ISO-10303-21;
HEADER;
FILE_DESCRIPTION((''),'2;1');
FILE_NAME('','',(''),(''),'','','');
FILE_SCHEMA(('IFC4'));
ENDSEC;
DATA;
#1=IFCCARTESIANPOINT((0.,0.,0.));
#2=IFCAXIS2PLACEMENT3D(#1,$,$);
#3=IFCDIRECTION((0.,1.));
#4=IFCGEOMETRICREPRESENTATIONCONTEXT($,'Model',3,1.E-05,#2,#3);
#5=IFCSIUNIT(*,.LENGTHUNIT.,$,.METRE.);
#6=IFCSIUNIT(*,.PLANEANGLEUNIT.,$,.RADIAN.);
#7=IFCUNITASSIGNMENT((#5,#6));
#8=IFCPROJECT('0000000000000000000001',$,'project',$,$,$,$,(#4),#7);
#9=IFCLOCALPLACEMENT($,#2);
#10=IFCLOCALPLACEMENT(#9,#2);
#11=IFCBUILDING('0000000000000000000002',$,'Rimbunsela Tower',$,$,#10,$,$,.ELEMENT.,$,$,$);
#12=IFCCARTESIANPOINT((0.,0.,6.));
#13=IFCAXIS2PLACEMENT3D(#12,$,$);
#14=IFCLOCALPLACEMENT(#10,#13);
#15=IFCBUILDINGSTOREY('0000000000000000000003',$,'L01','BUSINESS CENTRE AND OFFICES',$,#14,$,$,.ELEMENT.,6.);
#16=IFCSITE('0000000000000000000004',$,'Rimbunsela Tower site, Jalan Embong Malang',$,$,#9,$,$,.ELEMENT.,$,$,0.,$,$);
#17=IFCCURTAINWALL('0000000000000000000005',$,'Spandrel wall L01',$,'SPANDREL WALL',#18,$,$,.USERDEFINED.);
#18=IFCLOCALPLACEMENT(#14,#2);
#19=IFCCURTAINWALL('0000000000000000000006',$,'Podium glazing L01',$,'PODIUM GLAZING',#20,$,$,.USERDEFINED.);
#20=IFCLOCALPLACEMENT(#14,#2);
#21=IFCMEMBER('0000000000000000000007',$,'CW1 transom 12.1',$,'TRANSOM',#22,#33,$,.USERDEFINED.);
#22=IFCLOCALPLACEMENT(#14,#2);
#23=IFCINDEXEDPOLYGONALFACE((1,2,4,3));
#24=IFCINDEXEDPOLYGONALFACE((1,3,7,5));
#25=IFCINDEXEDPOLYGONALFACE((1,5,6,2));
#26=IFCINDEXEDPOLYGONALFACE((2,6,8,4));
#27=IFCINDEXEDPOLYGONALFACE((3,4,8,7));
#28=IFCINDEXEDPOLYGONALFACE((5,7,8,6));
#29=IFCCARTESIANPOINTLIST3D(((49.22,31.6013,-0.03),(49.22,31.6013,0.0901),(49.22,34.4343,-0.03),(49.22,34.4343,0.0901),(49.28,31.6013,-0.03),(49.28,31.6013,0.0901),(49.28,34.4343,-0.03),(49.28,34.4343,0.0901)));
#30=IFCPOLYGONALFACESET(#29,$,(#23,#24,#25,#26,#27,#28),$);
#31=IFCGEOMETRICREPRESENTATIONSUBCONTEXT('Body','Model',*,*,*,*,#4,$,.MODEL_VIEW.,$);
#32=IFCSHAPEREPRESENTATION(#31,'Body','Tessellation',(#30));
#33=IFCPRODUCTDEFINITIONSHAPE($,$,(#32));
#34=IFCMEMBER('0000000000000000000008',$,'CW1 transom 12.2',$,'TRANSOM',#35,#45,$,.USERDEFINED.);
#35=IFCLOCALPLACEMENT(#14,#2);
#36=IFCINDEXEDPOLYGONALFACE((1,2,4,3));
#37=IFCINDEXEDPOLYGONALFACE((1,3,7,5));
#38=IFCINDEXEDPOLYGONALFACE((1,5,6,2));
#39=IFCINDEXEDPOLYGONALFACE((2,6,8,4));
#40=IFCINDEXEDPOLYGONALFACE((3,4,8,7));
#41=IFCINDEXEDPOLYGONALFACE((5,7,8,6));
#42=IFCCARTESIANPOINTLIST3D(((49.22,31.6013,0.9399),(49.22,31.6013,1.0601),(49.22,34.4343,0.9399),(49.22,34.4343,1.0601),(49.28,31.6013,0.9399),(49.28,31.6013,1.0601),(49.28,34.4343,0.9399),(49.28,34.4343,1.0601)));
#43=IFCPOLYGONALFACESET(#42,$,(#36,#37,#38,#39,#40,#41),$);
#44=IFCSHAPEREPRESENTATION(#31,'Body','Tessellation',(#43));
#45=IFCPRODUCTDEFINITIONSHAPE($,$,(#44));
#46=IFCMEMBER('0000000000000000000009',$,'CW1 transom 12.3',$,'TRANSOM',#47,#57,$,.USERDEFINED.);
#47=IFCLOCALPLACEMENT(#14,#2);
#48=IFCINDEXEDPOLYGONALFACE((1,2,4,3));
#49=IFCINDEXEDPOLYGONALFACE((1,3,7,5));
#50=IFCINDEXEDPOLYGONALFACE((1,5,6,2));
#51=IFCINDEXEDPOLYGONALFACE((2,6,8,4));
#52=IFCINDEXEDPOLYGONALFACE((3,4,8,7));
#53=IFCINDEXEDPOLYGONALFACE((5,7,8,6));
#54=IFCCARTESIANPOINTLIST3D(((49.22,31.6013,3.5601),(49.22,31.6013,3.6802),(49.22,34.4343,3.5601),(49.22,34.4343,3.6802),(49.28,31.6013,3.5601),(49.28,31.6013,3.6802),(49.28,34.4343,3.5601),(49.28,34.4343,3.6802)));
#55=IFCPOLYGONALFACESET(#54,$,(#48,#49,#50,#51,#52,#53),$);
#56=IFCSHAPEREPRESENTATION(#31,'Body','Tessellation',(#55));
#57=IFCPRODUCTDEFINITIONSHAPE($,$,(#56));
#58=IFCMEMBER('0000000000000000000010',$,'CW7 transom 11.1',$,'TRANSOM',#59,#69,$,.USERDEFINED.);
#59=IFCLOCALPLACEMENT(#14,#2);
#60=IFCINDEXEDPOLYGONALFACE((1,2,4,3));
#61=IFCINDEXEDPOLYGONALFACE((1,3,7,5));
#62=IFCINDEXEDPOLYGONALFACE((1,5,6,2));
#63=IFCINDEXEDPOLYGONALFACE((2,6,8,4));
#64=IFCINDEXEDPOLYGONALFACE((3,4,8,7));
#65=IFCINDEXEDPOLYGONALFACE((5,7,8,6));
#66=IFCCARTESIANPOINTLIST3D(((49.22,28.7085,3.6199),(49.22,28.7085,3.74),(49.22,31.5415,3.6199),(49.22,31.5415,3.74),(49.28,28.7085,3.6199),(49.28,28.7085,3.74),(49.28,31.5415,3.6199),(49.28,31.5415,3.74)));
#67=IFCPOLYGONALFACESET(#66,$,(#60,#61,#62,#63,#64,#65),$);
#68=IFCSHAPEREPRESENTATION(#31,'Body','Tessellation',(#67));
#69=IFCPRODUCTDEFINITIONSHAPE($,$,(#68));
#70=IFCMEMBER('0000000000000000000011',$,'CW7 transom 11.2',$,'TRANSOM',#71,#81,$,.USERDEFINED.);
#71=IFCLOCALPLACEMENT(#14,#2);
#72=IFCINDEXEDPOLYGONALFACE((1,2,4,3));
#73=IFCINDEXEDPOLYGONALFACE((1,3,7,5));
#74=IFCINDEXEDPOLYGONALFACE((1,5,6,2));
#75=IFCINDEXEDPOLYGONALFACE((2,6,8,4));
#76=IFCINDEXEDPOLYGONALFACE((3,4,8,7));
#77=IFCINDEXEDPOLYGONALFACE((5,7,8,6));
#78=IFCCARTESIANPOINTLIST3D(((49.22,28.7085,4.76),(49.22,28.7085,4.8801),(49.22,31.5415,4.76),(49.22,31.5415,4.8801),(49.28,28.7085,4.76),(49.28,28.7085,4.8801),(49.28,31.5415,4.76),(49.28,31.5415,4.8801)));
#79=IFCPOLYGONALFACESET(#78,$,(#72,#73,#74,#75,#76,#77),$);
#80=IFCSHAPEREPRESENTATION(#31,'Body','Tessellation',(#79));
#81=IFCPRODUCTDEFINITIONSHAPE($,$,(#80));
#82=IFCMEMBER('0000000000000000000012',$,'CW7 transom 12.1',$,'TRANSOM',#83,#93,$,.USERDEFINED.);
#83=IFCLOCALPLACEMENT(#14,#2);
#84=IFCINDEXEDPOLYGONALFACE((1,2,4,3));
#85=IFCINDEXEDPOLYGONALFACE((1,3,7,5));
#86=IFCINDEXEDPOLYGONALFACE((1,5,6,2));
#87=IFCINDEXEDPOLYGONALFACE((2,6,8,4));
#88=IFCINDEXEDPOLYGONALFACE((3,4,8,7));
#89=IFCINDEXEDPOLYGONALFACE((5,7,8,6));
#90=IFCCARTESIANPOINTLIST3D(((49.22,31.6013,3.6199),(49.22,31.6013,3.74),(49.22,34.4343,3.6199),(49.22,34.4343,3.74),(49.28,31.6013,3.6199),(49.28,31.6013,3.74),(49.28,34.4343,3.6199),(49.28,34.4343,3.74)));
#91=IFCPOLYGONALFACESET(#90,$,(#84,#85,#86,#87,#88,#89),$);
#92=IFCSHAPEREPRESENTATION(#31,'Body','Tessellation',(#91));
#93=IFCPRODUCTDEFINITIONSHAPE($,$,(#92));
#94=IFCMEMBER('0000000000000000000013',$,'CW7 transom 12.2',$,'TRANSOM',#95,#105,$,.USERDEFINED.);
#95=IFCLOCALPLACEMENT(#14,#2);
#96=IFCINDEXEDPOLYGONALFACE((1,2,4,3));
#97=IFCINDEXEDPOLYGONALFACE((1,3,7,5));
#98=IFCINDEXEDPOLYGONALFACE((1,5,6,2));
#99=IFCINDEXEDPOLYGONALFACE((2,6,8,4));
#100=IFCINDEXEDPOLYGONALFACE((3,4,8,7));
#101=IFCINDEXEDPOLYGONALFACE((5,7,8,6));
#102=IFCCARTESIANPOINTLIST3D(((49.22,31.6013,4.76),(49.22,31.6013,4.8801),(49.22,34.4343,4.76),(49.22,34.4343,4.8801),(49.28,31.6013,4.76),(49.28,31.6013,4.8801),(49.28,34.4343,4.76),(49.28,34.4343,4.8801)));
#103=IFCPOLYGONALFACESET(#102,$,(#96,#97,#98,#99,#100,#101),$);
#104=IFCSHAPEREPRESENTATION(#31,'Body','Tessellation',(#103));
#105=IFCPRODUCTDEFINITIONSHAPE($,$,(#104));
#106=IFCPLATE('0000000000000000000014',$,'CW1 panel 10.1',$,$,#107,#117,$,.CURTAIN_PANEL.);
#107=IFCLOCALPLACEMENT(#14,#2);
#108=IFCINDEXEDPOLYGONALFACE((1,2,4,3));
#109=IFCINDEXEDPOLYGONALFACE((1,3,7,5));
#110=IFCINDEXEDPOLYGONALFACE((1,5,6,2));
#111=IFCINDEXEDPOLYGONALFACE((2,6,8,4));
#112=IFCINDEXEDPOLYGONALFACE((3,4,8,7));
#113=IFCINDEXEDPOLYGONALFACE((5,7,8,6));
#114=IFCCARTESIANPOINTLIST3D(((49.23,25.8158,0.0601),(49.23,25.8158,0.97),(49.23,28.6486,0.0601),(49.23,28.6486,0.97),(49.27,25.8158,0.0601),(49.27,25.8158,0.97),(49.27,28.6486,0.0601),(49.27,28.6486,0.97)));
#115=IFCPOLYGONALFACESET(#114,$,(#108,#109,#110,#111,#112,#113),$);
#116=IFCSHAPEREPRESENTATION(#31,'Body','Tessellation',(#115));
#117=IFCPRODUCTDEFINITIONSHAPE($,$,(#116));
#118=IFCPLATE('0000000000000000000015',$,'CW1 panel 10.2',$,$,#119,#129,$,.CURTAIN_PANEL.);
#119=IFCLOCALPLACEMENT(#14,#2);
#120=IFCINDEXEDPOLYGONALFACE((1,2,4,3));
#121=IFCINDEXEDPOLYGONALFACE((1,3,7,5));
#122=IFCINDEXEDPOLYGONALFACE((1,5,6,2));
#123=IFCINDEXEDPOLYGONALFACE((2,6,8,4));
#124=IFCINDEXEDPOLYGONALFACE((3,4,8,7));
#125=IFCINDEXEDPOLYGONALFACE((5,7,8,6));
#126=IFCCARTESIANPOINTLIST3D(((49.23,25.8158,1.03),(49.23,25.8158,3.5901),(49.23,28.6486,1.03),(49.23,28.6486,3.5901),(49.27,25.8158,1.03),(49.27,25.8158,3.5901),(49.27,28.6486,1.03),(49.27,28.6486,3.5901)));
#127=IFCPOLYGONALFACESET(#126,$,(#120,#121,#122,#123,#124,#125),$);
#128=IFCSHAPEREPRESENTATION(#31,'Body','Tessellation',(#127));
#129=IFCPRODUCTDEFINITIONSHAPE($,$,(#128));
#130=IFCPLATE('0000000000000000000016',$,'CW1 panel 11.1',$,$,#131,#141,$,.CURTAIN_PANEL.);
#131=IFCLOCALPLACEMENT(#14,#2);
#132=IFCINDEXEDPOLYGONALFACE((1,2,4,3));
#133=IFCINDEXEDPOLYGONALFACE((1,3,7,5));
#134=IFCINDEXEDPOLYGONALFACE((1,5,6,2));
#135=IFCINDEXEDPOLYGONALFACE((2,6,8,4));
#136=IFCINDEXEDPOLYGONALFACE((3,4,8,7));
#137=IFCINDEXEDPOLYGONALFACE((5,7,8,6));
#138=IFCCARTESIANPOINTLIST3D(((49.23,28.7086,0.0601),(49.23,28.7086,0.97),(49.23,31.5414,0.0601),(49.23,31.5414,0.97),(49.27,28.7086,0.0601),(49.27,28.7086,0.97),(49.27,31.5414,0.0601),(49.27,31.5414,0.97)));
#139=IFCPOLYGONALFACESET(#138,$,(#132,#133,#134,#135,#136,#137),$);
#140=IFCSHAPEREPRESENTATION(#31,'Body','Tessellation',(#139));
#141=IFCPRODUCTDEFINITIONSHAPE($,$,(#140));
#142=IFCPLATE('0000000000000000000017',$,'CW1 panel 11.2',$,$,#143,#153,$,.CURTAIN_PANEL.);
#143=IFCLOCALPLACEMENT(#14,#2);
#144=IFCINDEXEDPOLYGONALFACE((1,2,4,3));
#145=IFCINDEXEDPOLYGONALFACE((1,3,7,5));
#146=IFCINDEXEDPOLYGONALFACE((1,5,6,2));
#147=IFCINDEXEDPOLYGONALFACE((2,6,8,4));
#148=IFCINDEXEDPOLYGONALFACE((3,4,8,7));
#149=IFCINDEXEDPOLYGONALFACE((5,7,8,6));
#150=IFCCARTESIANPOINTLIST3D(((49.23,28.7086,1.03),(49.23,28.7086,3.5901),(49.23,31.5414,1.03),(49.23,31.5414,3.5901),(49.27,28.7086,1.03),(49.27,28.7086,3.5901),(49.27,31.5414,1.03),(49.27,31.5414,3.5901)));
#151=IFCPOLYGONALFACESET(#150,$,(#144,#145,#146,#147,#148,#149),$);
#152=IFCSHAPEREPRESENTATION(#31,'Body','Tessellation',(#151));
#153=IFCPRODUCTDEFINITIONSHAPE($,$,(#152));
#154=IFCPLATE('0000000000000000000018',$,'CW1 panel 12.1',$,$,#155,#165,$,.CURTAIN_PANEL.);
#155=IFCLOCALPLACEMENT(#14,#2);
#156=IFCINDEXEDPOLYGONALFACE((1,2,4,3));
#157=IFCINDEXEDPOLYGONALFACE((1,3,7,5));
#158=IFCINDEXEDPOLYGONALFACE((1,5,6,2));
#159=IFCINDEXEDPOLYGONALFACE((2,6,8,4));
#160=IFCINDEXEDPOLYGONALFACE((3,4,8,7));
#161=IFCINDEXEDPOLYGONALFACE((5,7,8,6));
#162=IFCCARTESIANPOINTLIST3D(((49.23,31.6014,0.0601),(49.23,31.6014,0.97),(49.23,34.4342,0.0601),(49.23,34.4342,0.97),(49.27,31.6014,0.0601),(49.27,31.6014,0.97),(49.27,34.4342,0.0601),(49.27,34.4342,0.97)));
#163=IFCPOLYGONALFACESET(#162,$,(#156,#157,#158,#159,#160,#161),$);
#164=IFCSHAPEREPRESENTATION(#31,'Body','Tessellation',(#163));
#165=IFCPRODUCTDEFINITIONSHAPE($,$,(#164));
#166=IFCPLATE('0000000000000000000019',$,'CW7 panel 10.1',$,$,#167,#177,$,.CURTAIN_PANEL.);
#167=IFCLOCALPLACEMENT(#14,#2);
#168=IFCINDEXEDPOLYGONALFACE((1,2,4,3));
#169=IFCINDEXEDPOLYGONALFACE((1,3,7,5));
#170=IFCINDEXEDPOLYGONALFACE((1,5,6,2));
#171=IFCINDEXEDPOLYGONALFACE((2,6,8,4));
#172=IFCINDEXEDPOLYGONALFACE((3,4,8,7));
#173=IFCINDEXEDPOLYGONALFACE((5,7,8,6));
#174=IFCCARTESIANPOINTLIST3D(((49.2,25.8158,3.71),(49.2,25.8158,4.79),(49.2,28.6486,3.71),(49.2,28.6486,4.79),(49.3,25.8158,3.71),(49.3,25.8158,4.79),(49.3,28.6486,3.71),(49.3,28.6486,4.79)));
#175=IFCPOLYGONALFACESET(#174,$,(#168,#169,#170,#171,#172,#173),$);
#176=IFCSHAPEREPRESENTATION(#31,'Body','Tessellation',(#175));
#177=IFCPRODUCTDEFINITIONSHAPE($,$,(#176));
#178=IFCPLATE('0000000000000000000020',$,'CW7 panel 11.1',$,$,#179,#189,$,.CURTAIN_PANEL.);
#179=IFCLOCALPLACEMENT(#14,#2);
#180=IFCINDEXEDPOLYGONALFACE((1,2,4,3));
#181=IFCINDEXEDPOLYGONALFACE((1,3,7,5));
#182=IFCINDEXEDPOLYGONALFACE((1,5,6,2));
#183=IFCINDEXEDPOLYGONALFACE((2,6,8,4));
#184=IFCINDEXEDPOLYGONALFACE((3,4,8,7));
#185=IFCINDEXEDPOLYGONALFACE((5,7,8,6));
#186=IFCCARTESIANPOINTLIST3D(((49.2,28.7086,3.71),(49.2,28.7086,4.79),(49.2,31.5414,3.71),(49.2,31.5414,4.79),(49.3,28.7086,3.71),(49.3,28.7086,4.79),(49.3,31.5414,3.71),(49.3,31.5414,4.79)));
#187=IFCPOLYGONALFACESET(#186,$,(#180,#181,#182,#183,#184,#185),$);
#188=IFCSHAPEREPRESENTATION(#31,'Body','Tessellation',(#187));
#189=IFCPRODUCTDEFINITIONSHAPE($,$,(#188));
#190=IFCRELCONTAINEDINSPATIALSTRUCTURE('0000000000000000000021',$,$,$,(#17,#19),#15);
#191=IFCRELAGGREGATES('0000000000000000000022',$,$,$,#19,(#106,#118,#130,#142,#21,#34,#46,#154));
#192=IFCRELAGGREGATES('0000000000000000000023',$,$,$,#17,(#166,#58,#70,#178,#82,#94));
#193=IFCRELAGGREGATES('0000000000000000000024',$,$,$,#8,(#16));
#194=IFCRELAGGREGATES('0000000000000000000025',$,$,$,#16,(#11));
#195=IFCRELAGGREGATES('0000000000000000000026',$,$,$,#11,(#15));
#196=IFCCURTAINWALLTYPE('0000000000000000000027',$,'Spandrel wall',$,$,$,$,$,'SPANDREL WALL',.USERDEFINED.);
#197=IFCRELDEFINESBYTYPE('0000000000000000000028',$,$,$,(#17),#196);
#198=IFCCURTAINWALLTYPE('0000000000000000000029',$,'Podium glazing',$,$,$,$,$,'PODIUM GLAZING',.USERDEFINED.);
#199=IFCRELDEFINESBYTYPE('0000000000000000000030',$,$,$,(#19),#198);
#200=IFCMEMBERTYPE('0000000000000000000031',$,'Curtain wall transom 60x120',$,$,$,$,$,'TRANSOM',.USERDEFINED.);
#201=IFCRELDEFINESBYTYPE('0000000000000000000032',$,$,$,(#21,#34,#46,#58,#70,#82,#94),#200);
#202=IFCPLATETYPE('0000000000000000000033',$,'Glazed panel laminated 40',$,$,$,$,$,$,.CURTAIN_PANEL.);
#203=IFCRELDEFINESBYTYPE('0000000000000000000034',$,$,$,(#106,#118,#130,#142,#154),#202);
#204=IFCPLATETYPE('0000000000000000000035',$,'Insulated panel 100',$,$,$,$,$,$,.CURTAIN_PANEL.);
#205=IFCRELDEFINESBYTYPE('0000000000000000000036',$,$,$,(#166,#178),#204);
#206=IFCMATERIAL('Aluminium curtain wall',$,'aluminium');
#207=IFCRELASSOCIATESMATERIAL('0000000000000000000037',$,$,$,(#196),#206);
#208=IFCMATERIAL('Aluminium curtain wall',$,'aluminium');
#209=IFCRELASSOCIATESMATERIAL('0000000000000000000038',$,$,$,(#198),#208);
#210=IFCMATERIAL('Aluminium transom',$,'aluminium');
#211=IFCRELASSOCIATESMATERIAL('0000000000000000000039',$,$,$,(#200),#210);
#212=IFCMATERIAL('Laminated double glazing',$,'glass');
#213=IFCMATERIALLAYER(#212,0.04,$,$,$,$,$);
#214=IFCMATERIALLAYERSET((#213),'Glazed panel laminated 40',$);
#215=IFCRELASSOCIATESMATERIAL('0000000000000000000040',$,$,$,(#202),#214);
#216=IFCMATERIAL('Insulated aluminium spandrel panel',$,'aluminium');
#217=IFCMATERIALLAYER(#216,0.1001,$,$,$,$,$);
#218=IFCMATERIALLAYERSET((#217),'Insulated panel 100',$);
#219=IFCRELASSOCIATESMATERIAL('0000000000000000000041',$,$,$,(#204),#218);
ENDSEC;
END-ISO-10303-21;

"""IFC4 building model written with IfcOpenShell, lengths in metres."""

from ifc_helpers import new_model, si_unit, direction, frame, origin, origin_2d, place, context, subcontext, project, spatial, rectangle, extrude, material, layer, layer_set, material_profile, profile_set, type_object, element, aggregate, save


model = new_model("IFC4")

# Units and contexts
model_context = context("Model", 3, precision=1e-05, world=origin(), true_north=direction((0.0, 1.0)))
body_context = subcontext(model_context, "Body", "Model", "MODEL_VIEW")
ifc_project = project(units=[si_unit("LENGTHUNIT", "METRE"), si_unit("PLANEANGLEUNIT", "RADIAN")], contexts=[model_context])

# Site, building, storey
site_placement = place(None, origin())
site = spatial("IfcSite", under=ifc_project, at=site_placement, Name="Rimbunsela Tower site, Jalan Embong Malang", CompositionType="ELEMENT", RefElevation=0.0)
building_placement = place(site_placement, origin())
building = spatial("IfcBuilding", under=site, at=building_placement, Name="Rimbunsela Tower", CompositionType="ELEMENT")
storey_placement = place(building_placement, frame((0.0, 0.0, 6.0)))
storey = spatial("IfcBuildingStorey", under=building, at=storey_placement, Name="L01", Description="BUSINESS CENTRE AND OFFICES", CompositionType="ELEMENT", Elevation=6.0)

# Curtain walls, members
ifc_material_1 = material(Name="Aluminium curtain wall", Category="aluminium")
curtain_wall_type_1 = type_object("IfcCurtainWallType", Name="Spandrel wall", ElementType="SPANDREL WALL", PredefinedType="USERDEFINED", material=ifc_material_1)
curtain_wall_1_placement = place(storey_placement, origin())
curtain_wall_1 = element("IfcCurtainWall", 1, at=curtain_wall_1_placement, inside=storey, type_object=curtain_wall_type_1, Name="Spandrel wall L01", ObjectType="SPANDREL WALL", PredefinedType="USERDEFINED")
ifc_material_2 = material(Name="Aluminium curtain wall", Category="aluminium")
curtain_wall_type_2 = type_object("IfcCurtainWallType", Name="Podium glazing", ElementType="PODIUM GLAZING", PredefinedType="USERDEFINED", material=ifc_material_2)
curtain_wall_2_placement = place(storey_placement, origin())
curtain_wall_2 = element("IfcCurtainWall", 2, at=curtain_wall_2_placement, inside=storey, type_object=curtain_wall_type_2, Name="Podium glazing L01", ObjectType="PODIUM GLAZING", PredefinedType="USERDEFINED")
ifc_material_3 = material(Name="Aluminium transom", Category="aluminium")
ifc_material_profile_1 = material_profile(ifc_material_3, rectangle(XDim=0.0601, YDim=0.1201, at=origin_2d()), Name="Transom 60x120")
ifc_profile_set_1 = profile_set([ifc_material_profile_1], Name="Aluminium transom")
member_type_1 = type_object("IfcMemberType", Name="Curtain wall transom 60x120", ElementType="TRANSOM", PredefinedType="USERDEFINED", material=ifc_profile_set_1)
member_1_placement = place(storey_placement, frame((49.25, 31.6013, 0.03), z_axis=(0.0, 1.0, 0.0), x_axis=(-1.0, 0.0, 0.0)))
member_1 = element("IfcMember", 3, at=member_1_placement, type_object=member_type_1, Name="CW1 transom 12.1", ObjectType="TRANSOM", PredefinedType="USERDEFINED", context=body_context, shape_type="SweptSolid", body=[
    extrude(rectangle(XDim=0.0601, YDim=0.1201, at=origin_2d()), origin(), (0.0, 0.0, 1.0), 2.833),
])
member_2_placement = place(storey_placement, frame((49.25, 31.6013, 1.0), z_axis=(0.0, 1.0, 0.0), x_axis=(-1.0, 0.0, 0.0)))
member_2 = element("IfcMember", 4, at=member_2_placement, type_object=member_type_1, Name="CW1 transom 12.2", ObjectType="TRANSOM", PredefinedType="USERDEFINED", context=body_context, shape_type="SweptSolid", body=[
    extrude(rectangle(XDim=0.0601, YDim=0.1201, at=origin_2d()), origin(), (0.0, 0.0, 1.0), 2.833),
])
member_3_placement = place(storey_placement, frame((49.25, 31.6013, 3.6201), z_axis=(0.0, 1.0, 0.0), x_axis=(-1.0, 0.0, 0.0)))
member_3 = element("IfcMember", 5, at=member_3_placement, type_object=member_type_1, Name="CW1 transom 12.3", ObjectType="TRANSOM", PredefinedType="USERDEFINED", context=body_context, shape_type="SweptSolid", body=[
    extrude(rectangle(XDim=0.0601, YDim=0.1201, at=origin_2d()), origin(), (0.0, 0.0, 1.0), 2.833),
])

# Members
member_4_placement = place(storey_placement, frame((49.25, 28.7085, 3.6799), z_axis=(0.0, 1.0, 0.0), x_axis=(-1.0, 0.0, 0.0)))
member_4 = element("IfcMember", 6, at=member_4_placement, type_object=member_type_1, Name="CW7 transom 11.1", ObjectType="TRANSOM", PredefinedType="USERDEFINED", context=body_context, shape_type="SweptSolid", body=[
    extrude(rectangle(XDim=0.0601, YDim=0.1201, at=origin_2d()), origin(), (0.0, 0.0, 1.0), 2.833),
])
member_5_placement = place(storey_placement, frame((49.25, 28.7085, 4.8201), z_axis=(0.0, 1.0, 0.0), x_axis=(-1.0, 0.0, 0.0)))
member_5 = element("IfcMember", 7, at=member_5_placement, type_object=member_type_1, Name="CW7 transom 11.2", ObjectType="TRANSOM", PredefinedType="USERDEFINED", context=body_context, shape_type="SweptSolid", body=[
    extrude(rectangle(XDim=0.0601, YDim=0.1201, at=origin_2d()), origin(), (0.0, 0.0, 1.0), 2.833),
])
member_6_placement = place(storey_placement, frame((49.25, 31.6013, 3.6799), z_axis=(0.0, 1.0, 0.0), x_axis=(-1.0, 0.0, 0.0)))
member_6 = element("IfcMember", 8, at=member_6_placement, type_object=member_type_1, Name="CW7 transom 12.1", ObjectType="TRANSOM", PredefinedType="USERDEFINED", context=body_context, shape_type="SweptSolid", body=[
    extrude(rectangle(XDim=0.0601, YDim=0.1201, at=origin_2d()), origin(), (0.0, 0.0, 1.0), 2.833),
])
member_7_placement = place(storey_placement, frame((49.25, 31.6013, 4.8201), z_axis=(0.0, 1.0, 0.0), x_axis=(-1.0, 0.0, 0.0)))
member_7 = element("IfcMember", 9, at=member_7_placement, type_object=member_type_1, Name="CW7 transom 12.2", ObjectType="TRANSOM", PredefinedType="USERDEFINED", context=body_context, shape_type="SweptSolid", body=[
    extrude(rectangle(XDim=0.0601, YDim=0.1201, at=origin_2d()), origin(), (0.0, 0.0, 1.0), 2.833),
])

# Plates
ifc_material_4 = material(Name="Laminated double glazing", Category="glass")
ifc_layer_1 = layer(ifc_material_4, 0.04)
ifc_layer_set_1 = layer_set([ifc_layer_1], Name="Glazed panel laminated 40")
plate_type_1 = type_object("IfcPlateType", Name="Glazed panel laminated 40", PredefinedType="CURTAIN_PANEL", material=ifc_layer_set_1)
plate_1_placement = place(storey_placement, frame((49.25, 27.2322, 0.0601), z_axis=(0.0, 0.0, 1.0), x_axis=(0.0, 1.0, 0.0)))
plate_1 = element("IfcPlate", 10, at=plate_1_placement, type_object=plate_type_1, Name="CW1 panel 10.1", PredefinedType="CURTAIN_PANEL", context=body_context, shape_type="SweptSolid", body=[
    extrude(rectangle(XDim=2.8328, YDim=0.04, at=origin_2d()), origin(), (0.0, 0.0, 1.0), 0.9099),
])
plate_2_placement = place(storey_placement, frame((49.25, 27.2322, 1.03), z_axis=(0.0, 0.0, 1.0), x_axis=(0.0, 1.0, 0.0)))
plate_2 = element("IfcPlate", 11, at=plate_2_placement, type_object=plate_type_1, Name="CW1 panel 10.2", PredefinedType="CURTAIN_PANEL", context=body_context, shape_type="SweptSolid", body=[
    extrude(rectangle(XDim=2.8328, YDim=0.04, at=origin_2d()), origin(), (0.0, 0.0, 1.0), 2.5601),
])
plate_3_placement = place(storey_placement, frame((49.25, 30.125, 0.0601), z_axis=(0.0, 0.0, 1.0), x_axis=(0.0, 1.0, 0.0)))
plate_3 = element("IfcPlate", 12, at=plate_3_placement, type_object=plate_type_1, Name="CW1 panel 11.1", PredefinedType="CURTAIN_PANEL", context=body_context, shape_type="SweptSolid", body=[
    extrude(rectangle(XDim=2.8328, YDim=0.04, at=origin_2d()), origin(), (0.0, 0.0, 1.0), 0.9099),
])
plate_4_placement = place(storey_placement, frame((49.25, 30.125, 1.03), z_axis=(0.0, 0.0, 1.0), x_axis=(0.0, 1.0, 0.0)))
plate_4 = element("IfcPlate", 13, at=plate_4_placement, type_object=plate_type_1, Name="CW1 panel 11.2", PredefinedType="CURTAIN_PANEL", context=body_context, shape_type="SweptSolid", body=[
    extrude(rectangle(XDim=2.8328, YDim=0.04, at=origin_2d()), origin(), (0.0, 0.0, 1.0), 2.5601),
])
plate_5_placement = place(storey_placement, frame((49.25, 33.0178, 0.0601), z_axis=(0.0, 0.0, 1.0), x_axis=(0.0, 1.0, 0.0)))
plate_5 = element("IfcPlate", 14, at=plate_5_placement, type_object=plate_type_1, Name="CW1 panel 12.1", PredefinedType="CURTAIN_PANEL", context=body_context, shape_type="SweptSolid", body=[
    extrude(rectangle(XDim=2.8328, YDim=0.04, at=origin_2d()), origin(), (0.0, 0.0, 1.0), 0.9099),
])
aggregate(curtain_wall_2, [plate_1, plate_2, plate_3, plate_4, member_1, member_2, member_3, plate_5])
ifc_material_5 = material(Name="Insulated aluminium spandrel panel", Category="aluminium")
ifc_layer_2 = layer(ifc_material_5, 0.1001)
ifc_layer_set_2 = layer_set([ifc_layer_2], Name="Insulated panel 100")
plate_type_2 = type_object("IfcPlateType", Name="Insulated panel 100", PredefinedType="CURTAIN_PANEL", material=ifc_layer_set_2)
plate_6_placement = place(storey_placement, frame((49.25, 27.2322, 3.71), z_axis=(0.0, 0.0, 1.0), x_axis=(0.0, 1.0, 0.0)))
plate_6 = element("IfcPlate", 15, at=plate_6_placement, type_object=plate_type_2, Name="CW7 panel 10.1", PredefinedType="CURTAIN_PANEL", context=body_context, shape_type="SweptSolid", body=[
    extrude(rectangle(XDim=2.8328, YDim=0.1001, at=origin_2d()), origin(), (0.0, 0.0, 1.0), 1.0801),
])
plate_7_placement = place(storey_placement, frame((49.25, 30.125, 3.71), z_axis=(0.0, 0.0, 1.0), x_axis=(0.0, 1.0, 0.0)))
plate_7 = element("IfcPlate", 16, at=plate_7_placement, type_object=plate_type_2, Name="CW7 panel 11.1", PredefinedType="CURTAIN_PANEL", context=body_context, shape_type="SweptSolid", body=[
    extrude(rectangle(XDim=2.8328, YDim=0.1001, at=origin_2d()), origin(), (0.0, 0.0, 1.0), 1.0801),
])
aggregate(curtain_wall_1, [plate_6, member_4, member_5, plate_7, member_6, member_7])

save(model, "model.ifc")
